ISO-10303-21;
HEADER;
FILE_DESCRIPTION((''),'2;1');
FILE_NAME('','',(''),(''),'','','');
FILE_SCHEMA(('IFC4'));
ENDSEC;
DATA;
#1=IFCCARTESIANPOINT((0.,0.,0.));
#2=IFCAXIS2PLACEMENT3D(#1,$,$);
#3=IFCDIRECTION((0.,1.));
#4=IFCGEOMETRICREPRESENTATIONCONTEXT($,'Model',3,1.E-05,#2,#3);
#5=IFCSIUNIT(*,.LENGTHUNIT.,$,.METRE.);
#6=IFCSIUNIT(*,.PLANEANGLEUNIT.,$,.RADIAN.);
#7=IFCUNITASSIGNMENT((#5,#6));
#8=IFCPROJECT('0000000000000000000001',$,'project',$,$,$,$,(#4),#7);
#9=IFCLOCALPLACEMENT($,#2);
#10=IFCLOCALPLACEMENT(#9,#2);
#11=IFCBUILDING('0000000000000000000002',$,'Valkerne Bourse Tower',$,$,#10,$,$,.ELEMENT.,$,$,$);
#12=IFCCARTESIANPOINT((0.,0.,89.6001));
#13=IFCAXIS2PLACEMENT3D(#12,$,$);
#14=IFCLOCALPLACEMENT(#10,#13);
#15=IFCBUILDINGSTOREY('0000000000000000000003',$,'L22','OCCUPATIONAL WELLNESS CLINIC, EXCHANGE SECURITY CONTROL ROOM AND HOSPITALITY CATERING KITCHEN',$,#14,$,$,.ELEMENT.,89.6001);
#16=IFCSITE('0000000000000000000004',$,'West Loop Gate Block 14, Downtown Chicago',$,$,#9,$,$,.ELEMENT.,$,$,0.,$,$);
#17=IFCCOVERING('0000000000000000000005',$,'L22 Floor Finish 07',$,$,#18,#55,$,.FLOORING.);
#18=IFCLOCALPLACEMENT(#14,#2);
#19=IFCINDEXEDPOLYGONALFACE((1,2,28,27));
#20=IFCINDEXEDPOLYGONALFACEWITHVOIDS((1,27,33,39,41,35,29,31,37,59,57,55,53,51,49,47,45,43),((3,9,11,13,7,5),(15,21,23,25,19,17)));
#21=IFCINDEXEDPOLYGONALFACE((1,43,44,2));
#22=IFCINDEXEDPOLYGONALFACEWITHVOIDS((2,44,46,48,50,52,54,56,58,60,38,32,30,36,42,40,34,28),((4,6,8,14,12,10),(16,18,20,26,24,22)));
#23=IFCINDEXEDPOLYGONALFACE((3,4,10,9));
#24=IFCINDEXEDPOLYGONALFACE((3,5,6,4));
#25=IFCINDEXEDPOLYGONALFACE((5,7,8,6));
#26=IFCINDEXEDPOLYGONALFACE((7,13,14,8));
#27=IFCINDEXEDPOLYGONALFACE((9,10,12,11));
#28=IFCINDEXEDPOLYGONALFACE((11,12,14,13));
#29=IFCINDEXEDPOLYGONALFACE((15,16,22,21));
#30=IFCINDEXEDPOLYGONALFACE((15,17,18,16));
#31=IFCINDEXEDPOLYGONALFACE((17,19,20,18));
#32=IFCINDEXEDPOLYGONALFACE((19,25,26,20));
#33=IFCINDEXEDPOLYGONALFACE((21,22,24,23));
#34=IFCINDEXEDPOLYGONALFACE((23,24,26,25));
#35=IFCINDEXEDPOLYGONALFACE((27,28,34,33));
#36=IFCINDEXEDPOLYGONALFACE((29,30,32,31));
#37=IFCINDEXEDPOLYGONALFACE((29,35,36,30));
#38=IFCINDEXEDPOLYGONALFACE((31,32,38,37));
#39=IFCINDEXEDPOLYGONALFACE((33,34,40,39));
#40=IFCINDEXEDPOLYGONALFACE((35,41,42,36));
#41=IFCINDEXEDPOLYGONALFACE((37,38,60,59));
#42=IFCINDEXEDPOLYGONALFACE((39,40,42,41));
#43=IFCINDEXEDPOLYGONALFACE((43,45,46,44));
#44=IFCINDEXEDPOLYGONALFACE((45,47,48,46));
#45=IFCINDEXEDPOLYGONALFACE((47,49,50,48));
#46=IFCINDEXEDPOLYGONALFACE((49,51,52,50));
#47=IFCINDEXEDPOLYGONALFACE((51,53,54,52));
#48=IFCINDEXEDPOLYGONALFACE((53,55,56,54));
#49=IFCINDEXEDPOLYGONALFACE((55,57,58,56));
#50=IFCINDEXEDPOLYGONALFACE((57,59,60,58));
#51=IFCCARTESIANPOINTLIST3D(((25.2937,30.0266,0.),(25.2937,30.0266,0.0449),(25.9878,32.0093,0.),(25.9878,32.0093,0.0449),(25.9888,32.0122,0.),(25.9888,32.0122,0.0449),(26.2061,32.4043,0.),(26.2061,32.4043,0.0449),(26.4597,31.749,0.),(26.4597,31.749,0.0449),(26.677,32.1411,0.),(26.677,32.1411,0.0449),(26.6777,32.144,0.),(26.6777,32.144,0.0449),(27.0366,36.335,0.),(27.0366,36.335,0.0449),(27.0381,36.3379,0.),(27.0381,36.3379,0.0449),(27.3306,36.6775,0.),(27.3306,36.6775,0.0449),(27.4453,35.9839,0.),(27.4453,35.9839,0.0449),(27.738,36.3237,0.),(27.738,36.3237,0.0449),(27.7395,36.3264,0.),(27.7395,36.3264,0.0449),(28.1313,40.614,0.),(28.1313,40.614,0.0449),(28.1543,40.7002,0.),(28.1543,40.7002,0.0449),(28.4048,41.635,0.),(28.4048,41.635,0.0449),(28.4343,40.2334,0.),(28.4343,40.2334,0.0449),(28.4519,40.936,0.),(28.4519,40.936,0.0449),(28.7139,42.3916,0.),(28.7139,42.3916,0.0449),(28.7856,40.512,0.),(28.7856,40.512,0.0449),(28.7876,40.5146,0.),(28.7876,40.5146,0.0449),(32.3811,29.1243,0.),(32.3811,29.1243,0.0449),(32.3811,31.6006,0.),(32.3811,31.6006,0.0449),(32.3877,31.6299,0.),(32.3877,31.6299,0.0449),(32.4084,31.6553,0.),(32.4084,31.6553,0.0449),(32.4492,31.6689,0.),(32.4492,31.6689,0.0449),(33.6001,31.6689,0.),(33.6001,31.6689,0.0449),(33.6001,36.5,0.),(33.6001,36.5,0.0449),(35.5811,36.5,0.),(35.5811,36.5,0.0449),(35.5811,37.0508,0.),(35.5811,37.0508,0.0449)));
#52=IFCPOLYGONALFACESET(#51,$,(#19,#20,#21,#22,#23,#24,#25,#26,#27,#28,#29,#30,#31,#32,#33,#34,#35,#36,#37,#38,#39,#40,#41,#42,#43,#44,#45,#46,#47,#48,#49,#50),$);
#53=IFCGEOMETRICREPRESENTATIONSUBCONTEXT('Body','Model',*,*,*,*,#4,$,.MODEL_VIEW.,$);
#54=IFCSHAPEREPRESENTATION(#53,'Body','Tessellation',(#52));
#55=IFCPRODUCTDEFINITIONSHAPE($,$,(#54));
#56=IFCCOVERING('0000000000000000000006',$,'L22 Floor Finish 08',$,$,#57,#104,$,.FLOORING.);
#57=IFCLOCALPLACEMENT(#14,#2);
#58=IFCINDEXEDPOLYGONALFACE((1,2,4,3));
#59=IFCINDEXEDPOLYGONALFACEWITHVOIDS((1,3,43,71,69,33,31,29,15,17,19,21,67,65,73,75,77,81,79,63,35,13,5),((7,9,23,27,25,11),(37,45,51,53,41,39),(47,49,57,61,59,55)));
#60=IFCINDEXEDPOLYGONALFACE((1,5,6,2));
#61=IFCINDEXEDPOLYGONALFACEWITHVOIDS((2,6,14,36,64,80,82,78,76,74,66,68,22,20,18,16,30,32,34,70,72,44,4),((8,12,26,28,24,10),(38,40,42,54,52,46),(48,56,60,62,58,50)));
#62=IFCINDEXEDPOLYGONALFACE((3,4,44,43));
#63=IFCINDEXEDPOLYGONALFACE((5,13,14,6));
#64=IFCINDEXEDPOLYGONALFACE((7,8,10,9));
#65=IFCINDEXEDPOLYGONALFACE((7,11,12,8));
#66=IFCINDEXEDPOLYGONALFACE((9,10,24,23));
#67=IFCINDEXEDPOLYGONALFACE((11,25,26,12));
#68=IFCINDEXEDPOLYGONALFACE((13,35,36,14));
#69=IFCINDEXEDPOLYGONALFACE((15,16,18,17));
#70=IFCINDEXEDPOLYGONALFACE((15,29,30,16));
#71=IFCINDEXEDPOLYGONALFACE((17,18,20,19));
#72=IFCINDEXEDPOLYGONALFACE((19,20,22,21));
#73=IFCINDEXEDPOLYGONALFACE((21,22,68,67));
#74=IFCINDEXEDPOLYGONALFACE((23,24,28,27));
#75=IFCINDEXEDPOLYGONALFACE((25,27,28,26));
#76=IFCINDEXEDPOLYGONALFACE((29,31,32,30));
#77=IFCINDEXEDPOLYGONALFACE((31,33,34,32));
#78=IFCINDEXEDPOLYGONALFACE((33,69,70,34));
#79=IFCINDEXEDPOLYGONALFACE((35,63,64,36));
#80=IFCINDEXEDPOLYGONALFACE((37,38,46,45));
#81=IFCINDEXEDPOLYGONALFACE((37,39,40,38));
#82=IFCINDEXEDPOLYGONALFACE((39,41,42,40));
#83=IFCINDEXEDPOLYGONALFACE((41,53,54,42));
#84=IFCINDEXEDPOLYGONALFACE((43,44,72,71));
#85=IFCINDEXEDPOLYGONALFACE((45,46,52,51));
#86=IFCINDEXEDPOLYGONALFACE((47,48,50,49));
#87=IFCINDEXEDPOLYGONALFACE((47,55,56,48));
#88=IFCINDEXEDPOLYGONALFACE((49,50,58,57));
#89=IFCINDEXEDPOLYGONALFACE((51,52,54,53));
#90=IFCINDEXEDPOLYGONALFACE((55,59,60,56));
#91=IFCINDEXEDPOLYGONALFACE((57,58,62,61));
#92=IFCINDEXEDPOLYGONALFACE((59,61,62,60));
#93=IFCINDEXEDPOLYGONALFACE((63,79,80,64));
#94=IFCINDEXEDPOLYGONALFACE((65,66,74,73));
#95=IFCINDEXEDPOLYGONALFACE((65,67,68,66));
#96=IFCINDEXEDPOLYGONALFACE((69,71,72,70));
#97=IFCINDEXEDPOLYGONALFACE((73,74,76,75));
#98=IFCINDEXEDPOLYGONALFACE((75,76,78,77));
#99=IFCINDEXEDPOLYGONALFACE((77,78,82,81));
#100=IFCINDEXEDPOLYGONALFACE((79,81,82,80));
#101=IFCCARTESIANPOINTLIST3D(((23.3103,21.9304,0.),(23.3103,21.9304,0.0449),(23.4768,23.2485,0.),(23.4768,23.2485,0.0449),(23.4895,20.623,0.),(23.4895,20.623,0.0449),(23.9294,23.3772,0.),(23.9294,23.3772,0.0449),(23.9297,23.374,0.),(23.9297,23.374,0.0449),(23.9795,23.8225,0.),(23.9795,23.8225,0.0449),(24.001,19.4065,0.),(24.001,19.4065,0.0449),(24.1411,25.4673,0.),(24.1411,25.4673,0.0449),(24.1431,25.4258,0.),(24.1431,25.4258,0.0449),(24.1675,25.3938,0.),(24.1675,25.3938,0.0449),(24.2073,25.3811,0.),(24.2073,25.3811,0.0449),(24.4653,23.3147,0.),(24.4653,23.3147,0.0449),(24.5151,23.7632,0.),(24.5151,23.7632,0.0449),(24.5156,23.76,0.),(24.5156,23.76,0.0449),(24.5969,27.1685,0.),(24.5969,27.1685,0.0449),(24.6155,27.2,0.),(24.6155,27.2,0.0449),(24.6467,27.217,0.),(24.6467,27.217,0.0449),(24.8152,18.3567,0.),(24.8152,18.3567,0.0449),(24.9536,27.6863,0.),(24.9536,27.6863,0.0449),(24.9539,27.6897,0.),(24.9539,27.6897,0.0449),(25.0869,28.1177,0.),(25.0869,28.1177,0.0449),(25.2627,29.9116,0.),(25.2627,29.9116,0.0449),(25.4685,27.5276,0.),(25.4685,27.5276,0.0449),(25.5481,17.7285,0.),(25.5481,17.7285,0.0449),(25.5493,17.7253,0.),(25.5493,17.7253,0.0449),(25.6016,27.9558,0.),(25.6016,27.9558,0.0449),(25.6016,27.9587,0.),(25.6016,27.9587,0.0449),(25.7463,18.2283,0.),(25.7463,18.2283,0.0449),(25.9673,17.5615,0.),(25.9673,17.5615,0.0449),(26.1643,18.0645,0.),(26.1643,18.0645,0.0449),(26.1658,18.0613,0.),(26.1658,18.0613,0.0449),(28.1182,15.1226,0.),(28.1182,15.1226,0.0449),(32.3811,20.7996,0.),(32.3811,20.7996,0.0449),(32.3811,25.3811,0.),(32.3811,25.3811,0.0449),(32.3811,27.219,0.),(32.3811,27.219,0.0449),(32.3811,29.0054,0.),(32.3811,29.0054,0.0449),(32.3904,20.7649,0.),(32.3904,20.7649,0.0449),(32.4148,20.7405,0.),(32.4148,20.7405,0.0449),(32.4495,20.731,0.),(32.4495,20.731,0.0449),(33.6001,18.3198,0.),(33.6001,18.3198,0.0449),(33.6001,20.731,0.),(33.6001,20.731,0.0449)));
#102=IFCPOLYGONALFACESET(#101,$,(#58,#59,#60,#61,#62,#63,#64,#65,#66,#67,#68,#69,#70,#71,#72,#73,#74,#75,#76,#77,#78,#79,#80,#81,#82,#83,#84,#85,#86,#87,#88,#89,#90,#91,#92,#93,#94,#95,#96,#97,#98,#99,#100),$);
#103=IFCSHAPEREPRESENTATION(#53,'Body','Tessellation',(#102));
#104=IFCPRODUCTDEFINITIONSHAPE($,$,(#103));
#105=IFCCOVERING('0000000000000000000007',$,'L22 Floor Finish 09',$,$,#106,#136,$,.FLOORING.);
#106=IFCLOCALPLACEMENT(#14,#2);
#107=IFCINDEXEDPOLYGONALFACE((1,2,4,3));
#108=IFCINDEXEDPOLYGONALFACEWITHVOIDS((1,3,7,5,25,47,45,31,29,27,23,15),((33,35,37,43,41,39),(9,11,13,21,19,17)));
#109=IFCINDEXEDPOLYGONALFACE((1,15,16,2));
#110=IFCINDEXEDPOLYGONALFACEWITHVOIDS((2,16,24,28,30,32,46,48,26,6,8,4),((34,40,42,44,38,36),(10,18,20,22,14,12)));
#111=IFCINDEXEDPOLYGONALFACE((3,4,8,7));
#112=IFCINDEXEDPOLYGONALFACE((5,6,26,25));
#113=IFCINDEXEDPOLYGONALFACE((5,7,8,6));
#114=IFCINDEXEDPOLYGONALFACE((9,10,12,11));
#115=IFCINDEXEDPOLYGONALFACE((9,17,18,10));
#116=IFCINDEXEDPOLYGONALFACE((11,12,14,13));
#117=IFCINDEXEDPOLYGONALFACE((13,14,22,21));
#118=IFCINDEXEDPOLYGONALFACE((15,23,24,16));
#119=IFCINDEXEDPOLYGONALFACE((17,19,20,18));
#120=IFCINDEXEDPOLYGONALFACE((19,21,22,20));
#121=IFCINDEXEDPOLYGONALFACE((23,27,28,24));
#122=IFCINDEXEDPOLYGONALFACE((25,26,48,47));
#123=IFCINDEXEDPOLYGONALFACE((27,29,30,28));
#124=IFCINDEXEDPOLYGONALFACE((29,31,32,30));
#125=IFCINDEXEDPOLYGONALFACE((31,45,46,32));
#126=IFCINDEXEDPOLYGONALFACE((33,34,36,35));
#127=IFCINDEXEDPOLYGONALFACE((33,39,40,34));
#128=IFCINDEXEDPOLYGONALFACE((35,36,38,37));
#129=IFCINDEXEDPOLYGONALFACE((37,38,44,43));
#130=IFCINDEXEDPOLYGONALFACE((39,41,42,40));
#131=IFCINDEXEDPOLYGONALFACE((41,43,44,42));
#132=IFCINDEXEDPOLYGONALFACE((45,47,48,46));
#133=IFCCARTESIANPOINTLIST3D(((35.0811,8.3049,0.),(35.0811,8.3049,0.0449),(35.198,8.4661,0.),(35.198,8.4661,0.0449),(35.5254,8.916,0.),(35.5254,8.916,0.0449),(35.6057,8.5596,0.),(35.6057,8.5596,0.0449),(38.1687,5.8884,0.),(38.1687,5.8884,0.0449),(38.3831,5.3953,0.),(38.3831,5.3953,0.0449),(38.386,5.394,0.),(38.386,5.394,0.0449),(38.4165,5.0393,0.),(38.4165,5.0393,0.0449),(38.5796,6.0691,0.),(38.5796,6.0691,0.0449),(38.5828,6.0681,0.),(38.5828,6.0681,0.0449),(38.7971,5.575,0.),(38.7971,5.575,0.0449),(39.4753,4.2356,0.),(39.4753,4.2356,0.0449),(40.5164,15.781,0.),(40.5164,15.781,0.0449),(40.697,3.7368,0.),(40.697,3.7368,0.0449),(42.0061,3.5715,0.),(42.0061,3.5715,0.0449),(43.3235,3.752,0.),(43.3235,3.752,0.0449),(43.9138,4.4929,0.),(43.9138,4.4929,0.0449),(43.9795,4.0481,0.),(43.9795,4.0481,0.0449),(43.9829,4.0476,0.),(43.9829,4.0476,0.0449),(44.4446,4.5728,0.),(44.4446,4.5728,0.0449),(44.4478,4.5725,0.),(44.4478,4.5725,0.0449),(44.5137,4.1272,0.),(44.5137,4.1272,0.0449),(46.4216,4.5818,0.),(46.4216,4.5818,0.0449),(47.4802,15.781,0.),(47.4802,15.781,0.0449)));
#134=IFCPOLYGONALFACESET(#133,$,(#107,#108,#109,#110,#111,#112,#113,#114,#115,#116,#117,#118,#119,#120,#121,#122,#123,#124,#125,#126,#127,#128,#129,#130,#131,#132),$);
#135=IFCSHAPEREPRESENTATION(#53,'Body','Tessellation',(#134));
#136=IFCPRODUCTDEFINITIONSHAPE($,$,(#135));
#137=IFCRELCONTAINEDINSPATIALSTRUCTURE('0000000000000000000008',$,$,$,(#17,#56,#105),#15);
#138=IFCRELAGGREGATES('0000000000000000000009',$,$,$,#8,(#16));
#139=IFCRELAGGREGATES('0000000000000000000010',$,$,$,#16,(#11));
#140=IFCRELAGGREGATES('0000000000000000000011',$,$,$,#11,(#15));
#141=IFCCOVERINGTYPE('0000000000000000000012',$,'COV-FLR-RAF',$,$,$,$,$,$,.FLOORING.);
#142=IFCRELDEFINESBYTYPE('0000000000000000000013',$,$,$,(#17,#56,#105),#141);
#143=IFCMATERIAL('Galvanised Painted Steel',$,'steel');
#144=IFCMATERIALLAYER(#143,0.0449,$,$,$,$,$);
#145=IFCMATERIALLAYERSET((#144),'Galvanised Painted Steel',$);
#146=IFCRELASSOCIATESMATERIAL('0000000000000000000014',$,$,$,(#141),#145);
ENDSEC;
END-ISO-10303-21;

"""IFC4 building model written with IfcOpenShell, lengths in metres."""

from ifc_helpers import new_model, si_unit, direction, frame, origin, place, context, subcontext, project, spatial, polyline, outline, extrude, material, layer, layer_set, type_object, element, save


model = new_model("IFC4")

# Units and contexts
model_context = context("Model", 3, precision=1e-05, world=origin(), true_north=direction((0.0, 1.0)))
body_context = subcontext(model_context, "Body", "Model", "MODEL_VIEW")
ifc_project = project(units=[si_unit("LENGTHUNIT", "METRE"), si_unit("PLANEANGLEUNIT", "RADIAN")], contexts=[model_context])

# Site, building, storey
site_placement = place(None, origin())
site = spatial("IfcSite", under=ifc_project, at=site_placement, Name="West Loop Gate Block 14, Downtown Chicago", CompositionType="ELEMENT", RefElevation=0.0)
building_placement = place(site_placement, origin())
building = spatial("IfcBuilding", under=site, at=building_placement, Name="Valkerne Bourse Tower", CompositionType="ELEMENT")
storey_placement = place(building_placement, frame((0.0, 0.0, 89.6001)))
storey = spatial("IfcBuildingStorey", under=building, at=storey_placement, Name="L22", Description="OCCUPATIONAL WELLNESS CLINIC, EXCHANGE SECURITY CONTROL ROOM AND HOSPITALITY CATERING KITCHEN", CompositionType="ELEMENT", Elevation=89.6001)

# Coverings
ifc_material_1 = material(Name="Galvanised Painted Steel", Category="steel")
ifc_layer_1 = layer(ifc_material_1, 0.0449)
ifc_layer_set_1 = layer_set([ifc_layer_1], Name="Galvanised Painted Steel")
covering_type_1 = type_object("IfcCoveringType", Name="COV-FLR-RAF", PredefinedType="FLOORING", material=ifc_layer_set_1)
covering_1_placement = place(storey_placement, origin())
element("IfcCovering", 1, at=covering_1_placement, inside=storey, type_object=covering_type_1, Name="L22 Floor Finish 07", PredefinedType="FLOORING", context=body_context, shape_type="SweptSolid", body=[
    extrude(outline(polyline([(35.5811, 37.0508), (35.5811, 36.5), (33.6001, 36.5), (33.6001, 31.6689), (32.4492, 31.6689), (32.4084, 31.6553), (32.3877, 31.6299), (32.3811, 31.6006), (32.3811, 29.1243), (25.2937, 30.0266), (28.1313, 40.614), (28.4343, 40.2334), (28.7856, 40.512), (28.7876, 40.5146), (28.4519, 40.936), (28.1543, 40.7002), (28.4048, 41.635), (28.7139, 42.3916), (35.5811, 37.0508)]), holes=[polyline([(26.677, 32.1411), (26.6777, 32.144), (26.2061, 32.4043), (25.9888, 32.0122), (25.9878, 32.0093), (26.4597, 31.749), (26.677, 32.1411)]), polyline([(27.7395, 36.3264), (27.3306, 36.6775), (27.0381, 36.3379), (27.0366, 36.335), (27.4453, 35.9839), (27.738, 36.3237), (27.7395, 36.3264)])]), origin(), (0.0, 0.0, 1.0), 0.0449),
])
covering_2_placement = place(storey_placement, origin())
element("IfcCovering", 2, at=covering_2_placement, inside=storey, type_object=covering_type_1, Name="L22 Floor Finish 08", PredefinedType="FLOORING", context=body_context, shape_type="SweptSolid", body=[
    extrude(outline(polyline([(23.4895, 20.623), (23.3103, 21.9304), (23.4768, 23.2485), (25.2627, 29.9116), (32.3811, 29.0054), (32.3811, 27.219), (24.6467, 27.217), (24.6155, 27.2), (24.5969, 27.1685), (24.1411, 25.4673), (24.1431, 25.4258), (24.1675, 25.3938), (24.2073, 25.3811), (32.3811, 25.3811), (32.3811, 20.7996), (32.3904, 20.7649), (32.4148, 20.7405), (32.4495, 20.731), (33.6001, 20.731), (33.6001, 18.3198), (28.1182, 15.1226), (24.8152, 18.3567), (24.001, 19.4065), (23.4895, 20.623)]), holes=[polyline([(26.1658, 18.0613), (26.1643, 18.0645), (25.7463, 18.2283), (25.5481, 17.7285), (25.5493, 17.7253), (25.9673, 17.5615), (26.1658, 18.0613)]), polyline([(24.5151, 23.7632), (23.9795, 23.8225), (23.9294, 23.3772), (23.9297, 23.374), (24.4653, 23.3147), (24.5156, 23.76), (24.5151, 23.7632)]), polyline([(25.6016, 27.9587), (25.0869, 28.1177), (24.9539, 27.6897), (24.9536, 27.6863), (25.4685, 27.5276), (25.6016, 27.9558), (25.6016, 27.9587)])]), origin(), (0.0, 0.0, 1.0), 0.0449),
])
covering_3_placement = place(storey_placement, origin())
element("IfcCovering", 3, at=covering_3_placement, inside=storey, type_object=covering_type_1, Name="L22 Floor Finish 09", PredefinedType="FLOORING", context=body_context, shape_type="SweptSolid", body=[
    extrude(outline(polyline([(40.697, 3.7368), (39.4753, 4.2356), (38.4165, 5.0393), (35.0811, 8.3049), (35.198, 8.4661), (35.6057, 8.5596), (35.5254, 8.916), (40.5164, 15.781), (47.4802, 15.781), (46.4216, 4.5818), (43.3235, 3.752), (42.0061, 3.5715), (40.697, 3.7368)]), holes=[polyline([(44.5137, 4.1272), (44.4478, 4.5725), (44.4446, 4.5728), (43.9138, 4.4929), (43.9795, 4.0481), (43.9829, 4.0476), (44.5137, 4.1272)]), polyline([(38.5828, 6.0681), (38.5796, 6.0691), (38.1687, 5.8884), (38.3831, 5.3953), (38.386, 5.394), (38.7971, 5.575), (38.5828, 6.0681)])]), origin(), (0.0, 0.0, 1.0), 0.0449),
])

save(model, "model.ifc")
